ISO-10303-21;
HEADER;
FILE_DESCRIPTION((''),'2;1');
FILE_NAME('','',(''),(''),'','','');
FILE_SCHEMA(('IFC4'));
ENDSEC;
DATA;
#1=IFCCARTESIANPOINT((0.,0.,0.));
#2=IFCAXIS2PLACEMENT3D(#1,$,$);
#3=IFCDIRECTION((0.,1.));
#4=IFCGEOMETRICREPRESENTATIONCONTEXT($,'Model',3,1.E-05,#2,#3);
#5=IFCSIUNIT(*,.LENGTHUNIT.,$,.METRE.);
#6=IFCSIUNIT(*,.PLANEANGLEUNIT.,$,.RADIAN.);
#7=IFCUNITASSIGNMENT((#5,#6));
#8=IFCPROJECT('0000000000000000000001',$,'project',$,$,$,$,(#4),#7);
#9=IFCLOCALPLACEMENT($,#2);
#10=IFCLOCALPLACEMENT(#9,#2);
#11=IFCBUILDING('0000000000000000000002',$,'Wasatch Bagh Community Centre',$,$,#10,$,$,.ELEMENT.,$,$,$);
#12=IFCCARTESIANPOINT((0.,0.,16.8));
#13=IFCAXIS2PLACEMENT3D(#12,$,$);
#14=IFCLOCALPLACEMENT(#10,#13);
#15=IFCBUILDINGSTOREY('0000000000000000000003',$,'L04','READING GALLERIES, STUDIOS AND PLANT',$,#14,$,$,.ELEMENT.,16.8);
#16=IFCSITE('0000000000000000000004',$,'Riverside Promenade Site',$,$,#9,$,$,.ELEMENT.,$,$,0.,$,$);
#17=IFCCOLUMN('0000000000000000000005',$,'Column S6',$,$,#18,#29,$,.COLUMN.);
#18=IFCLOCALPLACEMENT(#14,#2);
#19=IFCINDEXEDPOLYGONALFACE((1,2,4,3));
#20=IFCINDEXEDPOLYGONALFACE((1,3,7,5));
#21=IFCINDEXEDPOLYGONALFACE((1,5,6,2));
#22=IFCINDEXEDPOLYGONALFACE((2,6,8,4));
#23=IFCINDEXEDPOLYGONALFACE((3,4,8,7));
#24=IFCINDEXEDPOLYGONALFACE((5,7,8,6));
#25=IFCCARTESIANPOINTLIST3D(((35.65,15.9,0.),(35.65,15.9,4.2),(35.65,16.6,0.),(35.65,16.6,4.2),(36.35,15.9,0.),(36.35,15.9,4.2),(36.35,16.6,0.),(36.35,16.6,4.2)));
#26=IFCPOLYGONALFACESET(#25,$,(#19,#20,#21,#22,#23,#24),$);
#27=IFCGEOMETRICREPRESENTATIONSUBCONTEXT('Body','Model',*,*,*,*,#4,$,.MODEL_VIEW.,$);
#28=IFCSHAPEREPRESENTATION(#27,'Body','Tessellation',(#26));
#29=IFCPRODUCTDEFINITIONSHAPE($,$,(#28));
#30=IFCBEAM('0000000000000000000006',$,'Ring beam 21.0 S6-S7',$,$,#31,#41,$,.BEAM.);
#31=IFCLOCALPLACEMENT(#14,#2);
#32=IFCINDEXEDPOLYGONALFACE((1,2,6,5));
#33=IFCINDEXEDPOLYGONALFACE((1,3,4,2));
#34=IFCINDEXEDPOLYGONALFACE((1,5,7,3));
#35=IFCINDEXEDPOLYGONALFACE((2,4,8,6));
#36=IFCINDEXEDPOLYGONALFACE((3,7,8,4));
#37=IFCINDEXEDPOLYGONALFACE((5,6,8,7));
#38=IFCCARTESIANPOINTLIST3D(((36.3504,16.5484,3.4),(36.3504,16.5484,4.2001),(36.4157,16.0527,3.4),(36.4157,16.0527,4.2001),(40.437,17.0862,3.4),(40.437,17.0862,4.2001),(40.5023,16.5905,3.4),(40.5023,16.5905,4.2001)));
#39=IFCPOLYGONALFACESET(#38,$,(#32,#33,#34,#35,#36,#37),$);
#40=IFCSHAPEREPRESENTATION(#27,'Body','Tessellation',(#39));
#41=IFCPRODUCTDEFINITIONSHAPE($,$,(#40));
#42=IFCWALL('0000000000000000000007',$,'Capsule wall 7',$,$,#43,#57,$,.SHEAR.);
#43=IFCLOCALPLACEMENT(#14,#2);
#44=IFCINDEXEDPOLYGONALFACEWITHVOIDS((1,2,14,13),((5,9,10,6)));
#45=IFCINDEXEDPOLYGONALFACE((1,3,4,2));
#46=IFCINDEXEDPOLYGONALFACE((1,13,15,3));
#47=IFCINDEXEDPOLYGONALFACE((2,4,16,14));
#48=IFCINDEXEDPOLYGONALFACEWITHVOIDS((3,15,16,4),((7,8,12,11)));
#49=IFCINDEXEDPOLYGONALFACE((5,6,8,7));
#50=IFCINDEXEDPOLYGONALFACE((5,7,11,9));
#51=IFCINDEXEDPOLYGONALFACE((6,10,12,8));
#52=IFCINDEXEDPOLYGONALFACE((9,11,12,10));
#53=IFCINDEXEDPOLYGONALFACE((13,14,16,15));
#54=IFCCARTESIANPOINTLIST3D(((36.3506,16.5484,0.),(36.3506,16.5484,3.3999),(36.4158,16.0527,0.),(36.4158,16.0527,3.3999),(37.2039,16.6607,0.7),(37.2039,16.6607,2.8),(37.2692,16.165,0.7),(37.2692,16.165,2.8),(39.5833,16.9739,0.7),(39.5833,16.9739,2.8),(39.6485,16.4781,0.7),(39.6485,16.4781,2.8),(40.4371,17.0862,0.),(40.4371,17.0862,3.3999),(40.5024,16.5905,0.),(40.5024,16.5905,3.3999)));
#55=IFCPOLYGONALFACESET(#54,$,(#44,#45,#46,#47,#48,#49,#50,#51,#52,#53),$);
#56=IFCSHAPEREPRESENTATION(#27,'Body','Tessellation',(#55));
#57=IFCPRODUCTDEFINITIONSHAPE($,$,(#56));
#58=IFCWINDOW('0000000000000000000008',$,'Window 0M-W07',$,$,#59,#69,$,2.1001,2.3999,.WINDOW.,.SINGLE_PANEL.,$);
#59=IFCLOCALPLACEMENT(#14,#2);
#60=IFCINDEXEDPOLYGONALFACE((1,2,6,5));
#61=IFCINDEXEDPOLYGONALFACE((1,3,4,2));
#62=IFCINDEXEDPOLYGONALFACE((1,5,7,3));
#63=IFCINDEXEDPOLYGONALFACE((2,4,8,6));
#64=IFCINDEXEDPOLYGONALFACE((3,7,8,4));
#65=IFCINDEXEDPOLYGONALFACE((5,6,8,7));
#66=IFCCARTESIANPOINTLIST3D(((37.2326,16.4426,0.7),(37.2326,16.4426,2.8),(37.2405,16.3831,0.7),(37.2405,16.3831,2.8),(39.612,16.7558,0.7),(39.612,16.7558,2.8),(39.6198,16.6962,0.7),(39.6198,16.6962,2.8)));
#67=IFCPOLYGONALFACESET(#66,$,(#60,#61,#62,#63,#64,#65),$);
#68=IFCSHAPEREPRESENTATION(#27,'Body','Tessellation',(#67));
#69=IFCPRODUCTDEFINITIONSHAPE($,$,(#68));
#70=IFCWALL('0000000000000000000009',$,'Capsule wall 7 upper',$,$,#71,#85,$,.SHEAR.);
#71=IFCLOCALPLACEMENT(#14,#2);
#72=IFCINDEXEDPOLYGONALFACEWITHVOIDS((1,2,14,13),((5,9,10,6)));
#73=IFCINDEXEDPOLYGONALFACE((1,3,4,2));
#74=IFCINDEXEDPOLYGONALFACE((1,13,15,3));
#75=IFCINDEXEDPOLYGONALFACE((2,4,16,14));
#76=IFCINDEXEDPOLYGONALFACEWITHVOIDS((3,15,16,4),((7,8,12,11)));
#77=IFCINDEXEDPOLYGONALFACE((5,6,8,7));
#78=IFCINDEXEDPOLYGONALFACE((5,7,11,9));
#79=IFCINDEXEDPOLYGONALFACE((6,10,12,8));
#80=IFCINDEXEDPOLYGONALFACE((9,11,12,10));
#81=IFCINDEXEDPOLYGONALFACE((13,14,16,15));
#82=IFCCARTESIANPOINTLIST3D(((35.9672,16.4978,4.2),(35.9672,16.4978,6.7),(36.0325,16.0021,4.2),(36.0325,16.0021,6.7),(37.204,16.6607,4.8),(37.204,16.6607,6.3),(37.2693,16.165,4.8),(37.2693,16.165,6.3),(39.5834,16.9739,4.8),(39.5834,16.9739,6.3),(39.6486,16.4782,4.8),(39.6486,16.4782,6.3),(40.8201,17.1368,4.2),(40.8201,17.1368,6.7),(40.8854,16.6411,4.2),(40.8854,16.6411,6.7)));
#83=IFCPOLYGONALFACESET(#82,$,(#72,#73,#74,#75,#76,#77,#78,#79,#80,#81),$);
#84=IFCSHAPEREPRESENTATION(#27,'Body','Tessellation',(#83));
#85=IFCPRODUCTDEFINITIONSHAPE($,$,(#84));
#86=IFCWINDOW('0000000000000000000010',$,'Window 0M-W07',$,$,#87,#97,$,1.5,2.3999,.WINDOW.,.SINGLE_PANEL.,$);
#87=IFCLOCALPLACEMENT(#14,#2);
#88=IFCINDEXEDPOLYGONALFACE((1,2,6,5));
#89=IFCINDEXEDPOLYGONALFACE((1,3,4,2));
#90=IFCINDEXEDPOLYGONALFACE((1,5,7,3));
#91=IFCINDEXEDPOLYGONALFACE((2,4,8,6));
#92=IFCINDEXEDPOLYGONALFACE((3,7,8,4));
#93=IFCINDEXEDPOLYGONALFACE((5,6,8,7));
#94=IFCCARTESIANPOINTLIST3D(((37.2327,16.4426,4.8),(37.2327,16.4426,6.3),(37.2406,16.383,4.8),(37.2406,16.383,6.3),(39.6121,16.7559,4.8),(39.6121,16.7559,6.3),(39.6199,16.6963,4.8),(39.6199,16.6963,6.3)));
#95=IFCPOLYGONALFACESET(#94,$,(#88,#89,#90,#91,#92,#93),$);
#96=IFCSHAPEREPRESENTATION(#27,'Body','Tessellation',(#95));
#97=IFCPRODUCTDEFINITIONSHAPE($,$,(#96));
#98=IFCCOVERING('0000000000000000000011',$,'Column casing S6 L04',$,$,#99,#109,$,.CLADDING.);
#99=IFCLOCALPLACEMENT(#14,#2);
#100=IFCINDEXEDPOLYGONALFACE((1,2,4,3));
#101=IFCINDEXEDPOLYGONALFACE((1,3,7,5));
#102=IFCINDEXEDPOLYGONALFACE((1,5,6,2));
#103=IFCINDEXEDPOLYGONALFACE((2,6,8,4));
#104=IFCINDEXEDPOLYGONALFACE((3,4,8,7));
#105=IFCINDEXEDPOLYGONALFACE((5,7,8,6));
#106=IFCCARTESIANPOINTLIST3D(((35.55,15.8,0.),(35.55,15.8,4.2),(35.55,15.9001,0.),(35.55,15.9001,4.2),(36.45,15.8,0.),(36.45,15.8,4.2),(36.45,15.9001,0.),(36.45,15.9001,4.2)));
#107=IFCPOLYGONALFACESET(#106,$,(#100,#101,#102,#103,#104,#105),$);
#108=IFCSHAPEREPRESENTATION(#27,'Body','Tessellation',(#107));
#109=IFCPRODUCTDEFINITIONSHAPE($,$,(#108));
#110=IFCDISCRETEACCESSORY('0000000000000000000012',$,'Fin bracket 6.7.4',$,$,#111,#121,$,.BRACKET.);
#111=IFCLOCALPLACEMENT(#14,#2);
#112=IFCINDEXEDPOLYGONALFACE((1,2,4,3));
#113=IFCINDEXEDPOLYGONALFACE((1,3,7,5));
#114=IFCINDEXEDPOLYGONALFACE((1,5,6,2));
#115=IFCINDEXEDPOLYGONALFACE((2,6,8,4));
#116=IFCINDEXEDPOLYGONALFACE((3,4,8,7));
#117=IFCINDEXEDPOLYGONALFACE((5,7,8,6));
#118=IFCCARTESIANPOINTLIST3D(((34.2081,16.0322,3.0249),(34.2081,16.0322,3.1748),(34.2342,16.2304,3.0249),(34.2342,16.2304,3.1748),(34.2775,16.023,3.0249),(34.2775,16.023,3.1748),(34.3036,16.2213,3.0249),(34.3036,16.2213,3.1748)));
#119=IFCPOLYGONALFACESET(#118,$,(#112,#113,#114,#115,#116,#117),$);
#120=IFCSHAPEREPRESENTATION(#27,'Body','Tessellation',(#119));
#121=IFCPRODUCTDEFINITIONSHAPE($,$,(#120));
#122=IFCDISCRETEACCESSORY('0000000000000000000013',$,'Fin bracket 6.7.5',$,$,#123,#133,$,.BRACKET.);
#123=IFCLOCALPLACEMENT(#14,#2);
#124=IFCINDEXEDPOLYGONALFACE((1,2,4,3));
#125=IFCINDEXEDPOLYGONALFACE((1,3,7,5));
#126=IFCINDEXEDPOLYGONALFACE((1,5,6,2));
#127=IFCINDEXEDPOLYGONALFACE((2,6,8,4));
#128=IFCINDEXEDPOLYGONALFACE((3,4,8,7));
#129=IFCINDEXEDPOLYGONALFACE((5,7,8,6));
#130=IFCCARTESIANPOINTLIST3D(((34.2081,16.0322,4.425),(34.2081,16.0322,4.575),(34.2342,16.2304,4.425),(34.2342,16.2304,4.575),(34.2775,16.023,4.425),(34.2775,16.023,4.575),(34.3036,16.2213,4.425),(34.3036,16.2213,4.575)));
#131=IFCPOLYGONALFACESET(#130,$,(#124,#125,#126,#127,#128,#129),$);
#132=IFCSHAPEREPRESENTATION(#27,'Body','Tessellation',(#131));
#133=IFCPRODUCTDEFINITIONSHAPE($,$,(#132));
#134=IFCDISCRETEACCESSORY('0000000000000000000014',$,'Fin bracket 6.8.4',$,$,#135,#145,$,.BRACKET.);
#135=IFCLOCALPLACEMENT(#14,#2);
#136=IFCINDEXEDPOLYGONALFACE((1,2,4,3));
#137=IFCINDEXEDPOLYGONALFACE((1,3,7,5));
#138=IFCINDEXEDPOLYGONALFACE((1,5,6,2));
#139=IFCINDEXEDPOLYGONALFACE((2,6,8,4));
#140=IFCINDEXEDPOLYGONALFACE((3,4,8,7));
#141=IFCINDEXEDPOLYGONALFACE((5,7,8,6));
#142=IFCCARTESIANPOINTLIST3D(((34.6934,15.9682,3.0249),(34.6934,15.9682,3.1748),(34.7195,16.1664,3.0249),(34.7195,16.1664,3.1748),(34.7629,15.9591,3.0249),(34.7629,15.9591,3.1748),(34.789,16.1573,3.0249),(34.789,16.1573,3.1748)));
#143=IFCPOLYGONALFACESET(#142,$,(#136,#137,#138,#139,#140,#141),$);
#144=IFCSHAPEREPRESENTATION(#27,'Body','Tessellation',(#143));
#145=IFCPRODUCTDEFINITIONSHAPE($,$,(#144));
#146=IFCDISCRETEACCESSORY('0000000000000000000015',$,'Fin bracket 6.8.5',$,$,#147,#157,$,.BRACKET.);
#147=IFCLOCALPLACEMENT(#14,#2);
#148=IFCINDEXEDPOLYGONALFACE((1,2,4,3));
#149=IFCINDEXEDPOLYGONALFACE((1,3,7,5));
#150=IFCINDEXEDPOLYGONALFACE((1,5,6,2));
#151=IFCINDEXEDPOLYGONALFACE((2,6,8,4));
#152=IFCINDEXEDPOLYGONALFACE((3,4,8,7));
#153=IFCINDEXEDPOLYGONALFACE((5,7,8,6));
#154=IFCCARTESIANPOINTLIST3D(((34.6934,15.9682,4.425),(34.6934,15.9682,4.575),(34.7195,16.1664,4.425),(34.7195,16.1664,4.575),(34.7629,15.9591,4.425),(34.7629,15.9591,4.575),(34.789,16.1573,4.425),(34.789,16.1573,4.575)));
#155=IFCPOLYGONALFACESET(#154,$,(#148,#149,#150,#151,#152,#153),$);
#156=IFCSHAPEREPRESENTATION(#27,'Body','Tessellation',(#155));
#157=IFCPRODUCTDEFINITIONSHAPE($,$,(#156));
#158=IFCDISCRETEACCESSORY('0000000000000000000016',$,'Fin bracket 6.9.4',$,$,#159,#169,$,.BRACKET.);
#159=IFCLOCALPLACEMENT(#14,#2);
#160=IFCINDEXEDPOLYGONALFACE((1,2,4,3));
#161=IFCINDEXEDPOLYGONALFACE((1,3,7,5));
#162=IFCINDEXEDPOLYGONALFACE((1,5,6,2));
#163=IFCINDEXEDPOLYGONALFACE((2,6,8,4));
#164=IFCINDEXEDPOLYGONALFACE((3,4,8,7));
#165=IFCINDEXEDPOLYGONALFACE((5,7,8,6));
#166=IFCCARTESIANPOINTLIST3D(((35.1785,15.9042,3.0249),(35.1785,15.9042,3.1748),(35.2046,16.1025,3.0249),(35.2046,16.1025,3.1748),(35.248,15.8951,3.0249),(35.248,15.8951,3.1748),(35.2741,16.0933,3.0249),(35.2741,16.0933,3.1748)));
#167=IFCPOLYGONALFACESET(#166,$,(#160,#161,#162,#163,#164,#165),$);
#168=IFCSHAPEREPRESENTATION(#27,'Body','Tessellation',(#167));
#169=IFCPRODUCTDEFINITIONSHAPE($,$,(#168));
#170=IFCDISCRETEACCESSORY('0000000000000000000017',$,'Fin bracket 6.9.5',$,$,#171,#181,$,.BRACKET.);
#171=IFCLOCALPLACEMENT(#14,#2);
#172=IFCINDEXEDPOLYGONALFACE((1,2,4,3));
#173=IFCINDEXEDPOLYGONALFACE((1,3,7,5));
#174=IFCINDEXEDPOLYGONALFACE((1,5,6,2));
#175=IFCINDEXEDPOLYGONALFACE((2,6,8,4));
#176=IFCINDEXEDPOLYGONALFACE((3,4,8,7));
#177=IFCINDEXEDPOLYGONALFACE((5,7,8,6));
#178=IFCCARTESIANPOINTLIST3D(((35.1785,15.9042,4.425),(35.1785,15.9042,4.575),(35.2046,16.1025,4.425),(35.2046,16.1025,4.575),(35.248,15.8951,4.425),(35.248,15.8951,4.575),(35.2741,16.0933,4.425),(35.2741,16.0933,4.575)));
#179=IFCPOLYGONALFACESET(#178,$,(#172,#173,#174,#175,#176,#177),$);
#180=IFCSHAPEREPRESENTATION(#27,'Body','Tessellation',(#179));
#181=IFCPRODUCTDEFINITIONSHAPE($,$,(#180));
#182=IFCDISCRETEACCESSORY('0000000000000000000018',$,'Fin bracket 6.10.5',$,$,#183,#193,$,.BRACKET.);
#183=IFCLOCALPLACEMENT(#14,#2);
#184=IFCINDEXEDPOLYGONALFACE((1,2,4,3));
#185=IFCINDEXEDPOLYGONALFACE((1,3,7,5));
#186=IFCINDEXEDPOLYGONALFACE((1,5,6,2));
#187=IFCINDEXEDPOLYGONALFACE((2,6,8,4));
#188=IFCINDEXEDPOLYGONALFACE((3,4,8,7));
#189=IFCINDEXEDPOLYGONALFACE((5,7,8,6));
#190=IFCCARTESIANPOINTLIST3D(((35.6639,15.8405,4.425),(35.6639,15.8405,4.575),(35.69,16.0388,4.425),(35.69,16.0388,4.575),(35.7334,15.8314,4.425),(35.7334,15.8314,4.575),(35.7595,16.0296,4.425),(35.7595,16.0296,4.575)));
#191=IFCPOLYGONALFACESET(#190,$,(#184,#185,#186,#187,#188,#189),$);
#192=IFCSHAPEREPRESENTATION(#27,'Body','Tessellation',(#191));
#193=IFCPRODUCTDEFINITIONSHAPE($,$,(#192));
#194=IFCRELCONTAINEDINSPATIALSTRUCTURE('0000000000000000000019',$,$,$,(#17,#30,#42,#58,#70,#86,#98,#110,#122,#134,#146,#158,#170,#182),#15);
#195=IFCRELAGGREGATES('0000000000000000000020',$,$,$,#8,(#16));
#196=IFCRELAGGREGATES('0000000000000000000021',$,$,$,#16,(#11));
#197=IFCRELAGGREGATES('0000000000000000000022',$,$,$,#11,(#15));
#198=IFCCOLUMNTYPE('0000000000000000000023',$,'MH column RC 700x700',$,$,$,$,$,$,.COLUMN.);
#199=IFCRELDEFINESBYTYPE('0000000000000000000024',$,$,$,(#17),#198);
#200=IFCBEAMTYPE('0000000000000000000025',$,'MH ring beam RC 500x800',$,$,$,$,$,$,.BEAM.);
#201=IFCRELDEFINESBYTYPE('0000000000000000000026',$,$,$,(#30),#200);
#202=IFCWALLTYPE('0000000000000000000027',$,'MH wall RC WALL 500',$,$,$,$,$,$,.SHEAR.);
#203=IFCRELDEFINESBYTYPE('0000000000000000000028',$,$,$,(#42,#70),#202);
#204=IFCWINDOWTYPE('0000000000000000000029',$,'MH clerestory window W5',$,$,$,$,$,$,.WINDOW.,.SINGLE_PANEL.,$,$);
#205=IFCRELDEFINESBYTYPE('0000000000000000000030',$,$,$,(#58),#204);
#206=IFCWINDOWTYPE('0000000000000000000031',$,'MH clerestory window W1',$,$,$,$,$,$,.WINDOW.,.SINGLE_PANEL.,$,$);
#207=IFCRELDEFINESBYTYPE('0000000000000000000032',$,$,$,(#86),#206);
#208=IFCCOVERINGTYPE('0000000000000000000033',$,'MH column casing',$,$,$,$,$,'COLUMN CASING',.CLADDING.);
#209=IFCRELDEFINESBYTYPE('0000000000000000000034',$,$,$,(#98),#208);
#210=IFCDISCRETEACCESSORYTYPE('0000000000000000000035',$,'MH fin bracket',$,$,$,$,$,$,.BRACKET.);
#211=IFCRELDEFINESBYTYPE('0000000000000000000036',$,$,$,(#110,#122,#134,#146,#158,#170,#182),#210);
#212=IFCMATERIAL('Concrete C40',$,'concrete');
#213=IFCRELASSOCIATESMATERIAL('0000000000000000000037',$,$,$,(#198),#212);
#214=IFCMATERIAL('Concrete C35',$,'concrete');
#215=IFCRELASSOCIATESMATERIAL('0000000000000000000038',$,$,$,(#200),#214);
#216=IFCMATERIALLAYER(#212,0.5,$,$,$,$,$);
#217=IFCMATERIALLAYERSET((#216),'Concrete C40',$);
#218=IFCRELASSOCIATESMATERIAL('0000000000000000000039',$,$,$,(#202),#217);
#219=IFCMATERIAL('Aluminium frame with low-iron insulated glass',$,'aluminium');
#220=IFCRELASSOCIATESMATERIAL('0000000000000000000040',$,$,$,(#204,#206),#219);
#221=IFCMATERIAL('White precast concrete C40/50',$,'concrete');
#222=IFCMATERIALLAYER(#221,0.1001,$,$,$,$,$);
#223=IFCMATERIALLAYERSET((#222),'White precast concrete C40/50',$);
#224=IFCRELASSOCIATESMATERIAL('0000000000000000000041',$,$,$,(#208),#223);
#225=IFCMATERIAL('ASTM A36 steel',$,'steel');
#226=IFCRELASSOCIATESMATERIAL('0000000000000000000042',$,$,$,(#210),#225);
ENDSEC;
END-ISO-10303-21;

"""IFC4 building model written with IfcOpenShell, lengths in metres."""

from ifc_helpers import new_model, si_unit, direction, frame, frame_2d, origin, origin_2d, place, context, subcontext, project, spatial, rectangle, extrude, material, layer, layer_set, material_profile, profile_set, type_object, element, fill, save


model = new_model("IFC4")

# Units and contexts
model_context = context("Model", 3, precision=1e-05, world=origin(), true_north=direction((0.0, 1.0)))
body_context = subcontext(model_context, "Body", "Model", "MODEL_VIEW")
ifc_project = project(units=[si_unit("LENGTHUNIT", "METRE"), si_unit("PLANEANGLEUNIT", "RADIAN")], contexts=[model_context])

# Site, building, storey
site_placement = place(None, origin())
site = spatial("IfcSite", under=ifc_project, at=site_placement, Name="Riverside Promenade Site", CompositionType="ELEMENT", RefElevation=0.0)
building_placement = place(site_placement, origin())
building = spatial("IfcBuilding", under=site, at=building_placement, Name="Wasatch Bagh Community Centre", CompositionType="ELEMENT")
storey_placement = place(building_placement, frame((0.0, 0.0, 16.8)))
storey = spatial("IfcBuildingStorey", under=building, at=storey_placement, Name="L04", Description="READING GALLERIES, STUDIOS AND PLANT", CompositionType="ELEMENT", Elevation=16.8)

# Column
ifc_material_1 = material(Name="Concrete C40", Category="concrete")
ifc_material_profile_1 = material_profile(ifc_material_1, rectangle(XDim=0.7, YDim=0.7, at=origin_2d()), Name="RC 700x700")
ifc_profile_set_1 = profile_set([ifc_material_profile_1], Name="Concrete C40")
column_type = type_object("IfcColumnType", Name="MH column RC 700x700", PredefinedType="COLUMN", material=ifc_profile_set_1)
column_placement = place(storey_placement, frame((36.0, 16.25, 0.0), z_axis=(0.0, 0.0, 1.0), x_axis=(1.0, 0.0, 0.0)))
element("IfcColumn", 1, at=column_placement, inside=storey, type_object=column_type, Name="Column S6", PredefinedType="COLUMN", context=body_context, shape_type="SweptSolid", body=[
    extrude(rectangle(XDim=0.7, YDim=0.7, at=origin_2d()), origin(), (0.0, 0.0, 1.0), 4.2),
])

# Beam
ifc_material_2 = material(Name="Concrete C35", Category="concrete")
ifc_material_profile_2 = material_profile(ifc_material_2, rectangle(XDim=0.5, YDim=0.8, at=origin_2d()), Name="RC 500x800")
ifc_profile_set_2 = profile_set([ifc_material_profile_2], Name="Concrete C35")
beam_type = type_object("IfcBeamType", Name="MH ring beam RC 500x800", PredefinedType="BEAM", material=ifc_profile_set_2)
beam_placement = place(storey_placement, frame((36.3831, 16.3005, 3.8), z_axis=(0.99145, 0.130484, 0.0), x_axis=(-0.130484, 0.99145, 0.0)))
element("IfcBeam", 2, at=beam_placement, inside=storey, type_object=beam_type, Name="Ring beam 21.0 S6-S7", PredefinedType="BEAM", context=body_context, shape_type="SweptSolid", body=[
    extrude(rectangle(XDim=0.5, YDim=0.8, at=origin_2d()), origin(), (0.0, 0.0, 1.0), 4.1218),
])

# Walls, openings, windows
ifc_layer_1 = layer(ifc_material_1, 0.5)
ifc_layer_set_1 = layer_set([ifc_layer_1], Name="Concrete C40")
wall_type = type_object("IfcWallType", Name="MH wall RC WALL 500", PredefinedType="SHEAR", material=ifc_layer_set_1)
wall_1_placement = place(storey_placement, frame((36.3831, 16.3005, 0.0), z_axis=(0.0, 0.0, 1.0), x_axis=(0.99145, 0.130484, 0.0)))
wall_1 = element("IfcWall", 3, at=wall_1_placement, inside=storey, type_object=wall_type, Name="Capsule wall 7", PredefinedType="SHEAR", context=body_context, shape_type="SweptSolid", body=[
    extrude(rectangle(XDim=4.1218, YDim=0.5, at=frame_2d((2.061, 0.0))), origin(), (0.0, 0.0, 1.0), 3.3999),
])
opening_1_placement = place(wall_1_placement, frame((0.8608, 0.0, 0.7)))
opening_1 = element("IfcOpeningElement", 4, at=opening_1_placement, cuts=wall_1, PredefinedType="OPENING", context=body_context, shape_type="SweptSolid", body=[
    extrude(rectangle(XDim=2.3999, YDim=2.1001, at=frame_2d((1.2, 1.05))), frame((0.0, 0.26, 0.0), z_axis=(0.0, -1.0, 0.0), x_axis=(1.0, 0.0, 0.0)), (0.0, 0.0, 1.0), 0.52),
])
ifc_material_3 = material(Name="Aluminium frame with low-iron insulated glass", Category="aluminium")
window_type_1 = type_object("IfcWindowType", Name="MH clerestory window W5", PartitioningType="SINGLE_PANEL", PredefinedType="WINDOW", material=ifc_material_3)
window_1_placement = place(opening_1_placement, origin())
window_1 = element("IfcWindow", 5, at=window_1_placement, inside=storey, type_object=window_type_1, Name="Window 0M-W07", OverallHeight=2.1001, OverallWidth=2.3999, PartitioningType="SINGLE_PANEL", PredefinedType="WINDOW", context=body_context, shape_type="SweptSolid", body=[
    extrude(rectangle(XDim=2.3999, YDim=2.1001, at=frame_2d((1.2, 1.05))), frame((0.0, 0.03, 0.0), z_axis=(0.0, -1.0, 0.0), x_axis=(1.0, 0.0, 0.0)), (0.0, 0.0, 1.0), 0.0601),
])
fill(opening_1, window_1)
wall_2_placement = place(storey_placement, frame((36.0, 16.25, 4.2), z_axis=(0.0, 0.0, 1.0), x_axis=(0.991444, 0.130533, 0.0)))
wall_2 = element("IfcWall", 6, at=wall_2_placement, inside=storey, type_object=wall_type, Name="Capsule wall 7 upper", PredefinedType="SHEAR", context=body_context, shape_type="SweptSolid", body=[
    extrude(rectangle(XDim=4.8948, YDim=0.5, at=frame_2d((2.4473, 0.0))), origin(), (0.0, 0.0, 1.0), 2.5),
])
opening_2_placement = place(wall_2_placement, frame((1.2473, 0.0, 0.6001)))
opening_2 = element("IfcOpeningElement", 7, at=opening_2_placement, cuts=wall_2, PredefinedType="OPENING", context=body_context, shape_type="SweptSolid", body=[
    extrude(rectangle(XDim=2.3999, YDim=1.5, at=frame_2d((1.2, 0.75))), frame((0.0, 0.26, 0.0), z_axis=(0.0, -1.0, 0.0), x_axis=(1.0, 0.0, 0.0)), (0.0, 0.0, 1.0), 0.52),
])
window_type_2 = type_object("IfcWindowType", Name="MH clerestory window W1", PartitioningType="SINGLE_PANEL", PredefinedType="WINDOW", material=ifc_material_3)
window_2_placement = place(opening_2_placement, origin())
window_2 = element("IfcWindow", 8, at=window_2_placement, inside=storey, type_object=window_type_2, Name="Window 0M-W07", OverallHeight=1.5, OverallWidth=2.3999, PartitioningType="SINGLE_PANEL", PredefinedType="WINDOW", context=body_context, shape_type="SweptSolid", body=[
    extrude(rectangle(XDim=2.3999, YDim=1.5, at=frame_2d((1.2, 0.75))), frame((0.0, 0.03, 0.0), z_axis=(0.0, -1.0, 0.0), x_axis=(1.0, 0.0, 0.0)), (0.0, 0.0, 1.0), 0.0601),
])
fill(opening_2, window_2)

# Covering
ifc_material_4 = material(Name="White precast concrete C40/50", Category="concrete")
ifc_layer_2 = layer(ifc_material_4, 0.1001)
ifc_layer_set_2 = layer_set([ifc_layer_2], Name="White precast concrete C40/50")
covering_type = type_object("IfcCoveringType", Name="MH column casing", ElementType="COLUMN CASING", PredefinedType="CLADDING", material=ifc_layer_set_2)
covering_placement = place(storey_placement, frame((36.0, 15.8501, 0.0), z_axis=(0.0, 0.0, 1.0), x_axis=(1.0, 0.0, 0.0)))
element("IfcCovering", 9, at=covering_placement, inside=storey, type_object=covering_type, Name="Column casing S6 L04", PredefinedType="CLADDING", context=body_context, shape_type="SweptSolid", body=[
    extrude(rectangle(XDim=0.8999, YDim=0.1001, at=origin_2d()), origin(), (0.0, 0.0, 1.0), 4.2),
])

# Discrete accessories
ifc_material_5 = material(Name="ASTM A36 steel", Category="steel")
discrete_accessory_type = type_object("IfcDiscreteAccessoryType", Name="MH fin bracket", PredefinedType="BRACKET", material=ifc_material_5)
for number, where, z_axis, x_axis, name in (
    (10, (34.2559, 16.1267, 3.0249), (0.0, 0.0, 1.0), (0.991445, -0.130526, 0.0), "Fin bracket 6.7.4"),
    (11, (34.2559, 16.1267, 4.425), (0.0, 0.0, 1.0), (0.991445, -0.130526, 0.0), "Fin bracket 6.7.5"),
    (12, (34.7412, 16.0627, 3.0249), (0.0, 0.0, 1.0), (0.991445, -0.130526, 0.0), "Fin bracket 6.8.4"),
    (13, (34.7412, 16.0627, 4.425), (0.0, 0.0, 1.0), (0.991445, -0.130526, 0.0), "Fin bracket 6.8.5"),
    (14, (35.2263, 15.9988, 3.0249), (0.0, 0.0, 1.0), (0.991445, -0.130526, 0.0), "Fin bracket 6.9.4"),
    (15, (35.2263, 15.9988, 4.425), (0.0, 0.0, 1.0), (0.991445, -0.130526, 0.0), "Fin bracket 6.9.5"),
    (16, (35.7117, 15.9351, 4.425), (0.0, 0.0, 1.0), (0.991445, -0.130526, 0.0), "Fin bracket 6.10.5"),
):
    element("IfcDiscreteAccessory", number, at=place(storey_placement, frame(where, z_axis=z_axis, x_axis=x_axis)), inside=storey, type_object=discrete_accessory_type, Name=name, PredefinedType="BRACKET", context=body_context, shape_type="SweptSolid", body=[
        extrude(rectangle(XDim=0.0701, YDim=0.2, at=origin_2d()), origin(), (0.0, 0.0, 1.0), 0.1499),
    ])

save(model, "model.ifc")
